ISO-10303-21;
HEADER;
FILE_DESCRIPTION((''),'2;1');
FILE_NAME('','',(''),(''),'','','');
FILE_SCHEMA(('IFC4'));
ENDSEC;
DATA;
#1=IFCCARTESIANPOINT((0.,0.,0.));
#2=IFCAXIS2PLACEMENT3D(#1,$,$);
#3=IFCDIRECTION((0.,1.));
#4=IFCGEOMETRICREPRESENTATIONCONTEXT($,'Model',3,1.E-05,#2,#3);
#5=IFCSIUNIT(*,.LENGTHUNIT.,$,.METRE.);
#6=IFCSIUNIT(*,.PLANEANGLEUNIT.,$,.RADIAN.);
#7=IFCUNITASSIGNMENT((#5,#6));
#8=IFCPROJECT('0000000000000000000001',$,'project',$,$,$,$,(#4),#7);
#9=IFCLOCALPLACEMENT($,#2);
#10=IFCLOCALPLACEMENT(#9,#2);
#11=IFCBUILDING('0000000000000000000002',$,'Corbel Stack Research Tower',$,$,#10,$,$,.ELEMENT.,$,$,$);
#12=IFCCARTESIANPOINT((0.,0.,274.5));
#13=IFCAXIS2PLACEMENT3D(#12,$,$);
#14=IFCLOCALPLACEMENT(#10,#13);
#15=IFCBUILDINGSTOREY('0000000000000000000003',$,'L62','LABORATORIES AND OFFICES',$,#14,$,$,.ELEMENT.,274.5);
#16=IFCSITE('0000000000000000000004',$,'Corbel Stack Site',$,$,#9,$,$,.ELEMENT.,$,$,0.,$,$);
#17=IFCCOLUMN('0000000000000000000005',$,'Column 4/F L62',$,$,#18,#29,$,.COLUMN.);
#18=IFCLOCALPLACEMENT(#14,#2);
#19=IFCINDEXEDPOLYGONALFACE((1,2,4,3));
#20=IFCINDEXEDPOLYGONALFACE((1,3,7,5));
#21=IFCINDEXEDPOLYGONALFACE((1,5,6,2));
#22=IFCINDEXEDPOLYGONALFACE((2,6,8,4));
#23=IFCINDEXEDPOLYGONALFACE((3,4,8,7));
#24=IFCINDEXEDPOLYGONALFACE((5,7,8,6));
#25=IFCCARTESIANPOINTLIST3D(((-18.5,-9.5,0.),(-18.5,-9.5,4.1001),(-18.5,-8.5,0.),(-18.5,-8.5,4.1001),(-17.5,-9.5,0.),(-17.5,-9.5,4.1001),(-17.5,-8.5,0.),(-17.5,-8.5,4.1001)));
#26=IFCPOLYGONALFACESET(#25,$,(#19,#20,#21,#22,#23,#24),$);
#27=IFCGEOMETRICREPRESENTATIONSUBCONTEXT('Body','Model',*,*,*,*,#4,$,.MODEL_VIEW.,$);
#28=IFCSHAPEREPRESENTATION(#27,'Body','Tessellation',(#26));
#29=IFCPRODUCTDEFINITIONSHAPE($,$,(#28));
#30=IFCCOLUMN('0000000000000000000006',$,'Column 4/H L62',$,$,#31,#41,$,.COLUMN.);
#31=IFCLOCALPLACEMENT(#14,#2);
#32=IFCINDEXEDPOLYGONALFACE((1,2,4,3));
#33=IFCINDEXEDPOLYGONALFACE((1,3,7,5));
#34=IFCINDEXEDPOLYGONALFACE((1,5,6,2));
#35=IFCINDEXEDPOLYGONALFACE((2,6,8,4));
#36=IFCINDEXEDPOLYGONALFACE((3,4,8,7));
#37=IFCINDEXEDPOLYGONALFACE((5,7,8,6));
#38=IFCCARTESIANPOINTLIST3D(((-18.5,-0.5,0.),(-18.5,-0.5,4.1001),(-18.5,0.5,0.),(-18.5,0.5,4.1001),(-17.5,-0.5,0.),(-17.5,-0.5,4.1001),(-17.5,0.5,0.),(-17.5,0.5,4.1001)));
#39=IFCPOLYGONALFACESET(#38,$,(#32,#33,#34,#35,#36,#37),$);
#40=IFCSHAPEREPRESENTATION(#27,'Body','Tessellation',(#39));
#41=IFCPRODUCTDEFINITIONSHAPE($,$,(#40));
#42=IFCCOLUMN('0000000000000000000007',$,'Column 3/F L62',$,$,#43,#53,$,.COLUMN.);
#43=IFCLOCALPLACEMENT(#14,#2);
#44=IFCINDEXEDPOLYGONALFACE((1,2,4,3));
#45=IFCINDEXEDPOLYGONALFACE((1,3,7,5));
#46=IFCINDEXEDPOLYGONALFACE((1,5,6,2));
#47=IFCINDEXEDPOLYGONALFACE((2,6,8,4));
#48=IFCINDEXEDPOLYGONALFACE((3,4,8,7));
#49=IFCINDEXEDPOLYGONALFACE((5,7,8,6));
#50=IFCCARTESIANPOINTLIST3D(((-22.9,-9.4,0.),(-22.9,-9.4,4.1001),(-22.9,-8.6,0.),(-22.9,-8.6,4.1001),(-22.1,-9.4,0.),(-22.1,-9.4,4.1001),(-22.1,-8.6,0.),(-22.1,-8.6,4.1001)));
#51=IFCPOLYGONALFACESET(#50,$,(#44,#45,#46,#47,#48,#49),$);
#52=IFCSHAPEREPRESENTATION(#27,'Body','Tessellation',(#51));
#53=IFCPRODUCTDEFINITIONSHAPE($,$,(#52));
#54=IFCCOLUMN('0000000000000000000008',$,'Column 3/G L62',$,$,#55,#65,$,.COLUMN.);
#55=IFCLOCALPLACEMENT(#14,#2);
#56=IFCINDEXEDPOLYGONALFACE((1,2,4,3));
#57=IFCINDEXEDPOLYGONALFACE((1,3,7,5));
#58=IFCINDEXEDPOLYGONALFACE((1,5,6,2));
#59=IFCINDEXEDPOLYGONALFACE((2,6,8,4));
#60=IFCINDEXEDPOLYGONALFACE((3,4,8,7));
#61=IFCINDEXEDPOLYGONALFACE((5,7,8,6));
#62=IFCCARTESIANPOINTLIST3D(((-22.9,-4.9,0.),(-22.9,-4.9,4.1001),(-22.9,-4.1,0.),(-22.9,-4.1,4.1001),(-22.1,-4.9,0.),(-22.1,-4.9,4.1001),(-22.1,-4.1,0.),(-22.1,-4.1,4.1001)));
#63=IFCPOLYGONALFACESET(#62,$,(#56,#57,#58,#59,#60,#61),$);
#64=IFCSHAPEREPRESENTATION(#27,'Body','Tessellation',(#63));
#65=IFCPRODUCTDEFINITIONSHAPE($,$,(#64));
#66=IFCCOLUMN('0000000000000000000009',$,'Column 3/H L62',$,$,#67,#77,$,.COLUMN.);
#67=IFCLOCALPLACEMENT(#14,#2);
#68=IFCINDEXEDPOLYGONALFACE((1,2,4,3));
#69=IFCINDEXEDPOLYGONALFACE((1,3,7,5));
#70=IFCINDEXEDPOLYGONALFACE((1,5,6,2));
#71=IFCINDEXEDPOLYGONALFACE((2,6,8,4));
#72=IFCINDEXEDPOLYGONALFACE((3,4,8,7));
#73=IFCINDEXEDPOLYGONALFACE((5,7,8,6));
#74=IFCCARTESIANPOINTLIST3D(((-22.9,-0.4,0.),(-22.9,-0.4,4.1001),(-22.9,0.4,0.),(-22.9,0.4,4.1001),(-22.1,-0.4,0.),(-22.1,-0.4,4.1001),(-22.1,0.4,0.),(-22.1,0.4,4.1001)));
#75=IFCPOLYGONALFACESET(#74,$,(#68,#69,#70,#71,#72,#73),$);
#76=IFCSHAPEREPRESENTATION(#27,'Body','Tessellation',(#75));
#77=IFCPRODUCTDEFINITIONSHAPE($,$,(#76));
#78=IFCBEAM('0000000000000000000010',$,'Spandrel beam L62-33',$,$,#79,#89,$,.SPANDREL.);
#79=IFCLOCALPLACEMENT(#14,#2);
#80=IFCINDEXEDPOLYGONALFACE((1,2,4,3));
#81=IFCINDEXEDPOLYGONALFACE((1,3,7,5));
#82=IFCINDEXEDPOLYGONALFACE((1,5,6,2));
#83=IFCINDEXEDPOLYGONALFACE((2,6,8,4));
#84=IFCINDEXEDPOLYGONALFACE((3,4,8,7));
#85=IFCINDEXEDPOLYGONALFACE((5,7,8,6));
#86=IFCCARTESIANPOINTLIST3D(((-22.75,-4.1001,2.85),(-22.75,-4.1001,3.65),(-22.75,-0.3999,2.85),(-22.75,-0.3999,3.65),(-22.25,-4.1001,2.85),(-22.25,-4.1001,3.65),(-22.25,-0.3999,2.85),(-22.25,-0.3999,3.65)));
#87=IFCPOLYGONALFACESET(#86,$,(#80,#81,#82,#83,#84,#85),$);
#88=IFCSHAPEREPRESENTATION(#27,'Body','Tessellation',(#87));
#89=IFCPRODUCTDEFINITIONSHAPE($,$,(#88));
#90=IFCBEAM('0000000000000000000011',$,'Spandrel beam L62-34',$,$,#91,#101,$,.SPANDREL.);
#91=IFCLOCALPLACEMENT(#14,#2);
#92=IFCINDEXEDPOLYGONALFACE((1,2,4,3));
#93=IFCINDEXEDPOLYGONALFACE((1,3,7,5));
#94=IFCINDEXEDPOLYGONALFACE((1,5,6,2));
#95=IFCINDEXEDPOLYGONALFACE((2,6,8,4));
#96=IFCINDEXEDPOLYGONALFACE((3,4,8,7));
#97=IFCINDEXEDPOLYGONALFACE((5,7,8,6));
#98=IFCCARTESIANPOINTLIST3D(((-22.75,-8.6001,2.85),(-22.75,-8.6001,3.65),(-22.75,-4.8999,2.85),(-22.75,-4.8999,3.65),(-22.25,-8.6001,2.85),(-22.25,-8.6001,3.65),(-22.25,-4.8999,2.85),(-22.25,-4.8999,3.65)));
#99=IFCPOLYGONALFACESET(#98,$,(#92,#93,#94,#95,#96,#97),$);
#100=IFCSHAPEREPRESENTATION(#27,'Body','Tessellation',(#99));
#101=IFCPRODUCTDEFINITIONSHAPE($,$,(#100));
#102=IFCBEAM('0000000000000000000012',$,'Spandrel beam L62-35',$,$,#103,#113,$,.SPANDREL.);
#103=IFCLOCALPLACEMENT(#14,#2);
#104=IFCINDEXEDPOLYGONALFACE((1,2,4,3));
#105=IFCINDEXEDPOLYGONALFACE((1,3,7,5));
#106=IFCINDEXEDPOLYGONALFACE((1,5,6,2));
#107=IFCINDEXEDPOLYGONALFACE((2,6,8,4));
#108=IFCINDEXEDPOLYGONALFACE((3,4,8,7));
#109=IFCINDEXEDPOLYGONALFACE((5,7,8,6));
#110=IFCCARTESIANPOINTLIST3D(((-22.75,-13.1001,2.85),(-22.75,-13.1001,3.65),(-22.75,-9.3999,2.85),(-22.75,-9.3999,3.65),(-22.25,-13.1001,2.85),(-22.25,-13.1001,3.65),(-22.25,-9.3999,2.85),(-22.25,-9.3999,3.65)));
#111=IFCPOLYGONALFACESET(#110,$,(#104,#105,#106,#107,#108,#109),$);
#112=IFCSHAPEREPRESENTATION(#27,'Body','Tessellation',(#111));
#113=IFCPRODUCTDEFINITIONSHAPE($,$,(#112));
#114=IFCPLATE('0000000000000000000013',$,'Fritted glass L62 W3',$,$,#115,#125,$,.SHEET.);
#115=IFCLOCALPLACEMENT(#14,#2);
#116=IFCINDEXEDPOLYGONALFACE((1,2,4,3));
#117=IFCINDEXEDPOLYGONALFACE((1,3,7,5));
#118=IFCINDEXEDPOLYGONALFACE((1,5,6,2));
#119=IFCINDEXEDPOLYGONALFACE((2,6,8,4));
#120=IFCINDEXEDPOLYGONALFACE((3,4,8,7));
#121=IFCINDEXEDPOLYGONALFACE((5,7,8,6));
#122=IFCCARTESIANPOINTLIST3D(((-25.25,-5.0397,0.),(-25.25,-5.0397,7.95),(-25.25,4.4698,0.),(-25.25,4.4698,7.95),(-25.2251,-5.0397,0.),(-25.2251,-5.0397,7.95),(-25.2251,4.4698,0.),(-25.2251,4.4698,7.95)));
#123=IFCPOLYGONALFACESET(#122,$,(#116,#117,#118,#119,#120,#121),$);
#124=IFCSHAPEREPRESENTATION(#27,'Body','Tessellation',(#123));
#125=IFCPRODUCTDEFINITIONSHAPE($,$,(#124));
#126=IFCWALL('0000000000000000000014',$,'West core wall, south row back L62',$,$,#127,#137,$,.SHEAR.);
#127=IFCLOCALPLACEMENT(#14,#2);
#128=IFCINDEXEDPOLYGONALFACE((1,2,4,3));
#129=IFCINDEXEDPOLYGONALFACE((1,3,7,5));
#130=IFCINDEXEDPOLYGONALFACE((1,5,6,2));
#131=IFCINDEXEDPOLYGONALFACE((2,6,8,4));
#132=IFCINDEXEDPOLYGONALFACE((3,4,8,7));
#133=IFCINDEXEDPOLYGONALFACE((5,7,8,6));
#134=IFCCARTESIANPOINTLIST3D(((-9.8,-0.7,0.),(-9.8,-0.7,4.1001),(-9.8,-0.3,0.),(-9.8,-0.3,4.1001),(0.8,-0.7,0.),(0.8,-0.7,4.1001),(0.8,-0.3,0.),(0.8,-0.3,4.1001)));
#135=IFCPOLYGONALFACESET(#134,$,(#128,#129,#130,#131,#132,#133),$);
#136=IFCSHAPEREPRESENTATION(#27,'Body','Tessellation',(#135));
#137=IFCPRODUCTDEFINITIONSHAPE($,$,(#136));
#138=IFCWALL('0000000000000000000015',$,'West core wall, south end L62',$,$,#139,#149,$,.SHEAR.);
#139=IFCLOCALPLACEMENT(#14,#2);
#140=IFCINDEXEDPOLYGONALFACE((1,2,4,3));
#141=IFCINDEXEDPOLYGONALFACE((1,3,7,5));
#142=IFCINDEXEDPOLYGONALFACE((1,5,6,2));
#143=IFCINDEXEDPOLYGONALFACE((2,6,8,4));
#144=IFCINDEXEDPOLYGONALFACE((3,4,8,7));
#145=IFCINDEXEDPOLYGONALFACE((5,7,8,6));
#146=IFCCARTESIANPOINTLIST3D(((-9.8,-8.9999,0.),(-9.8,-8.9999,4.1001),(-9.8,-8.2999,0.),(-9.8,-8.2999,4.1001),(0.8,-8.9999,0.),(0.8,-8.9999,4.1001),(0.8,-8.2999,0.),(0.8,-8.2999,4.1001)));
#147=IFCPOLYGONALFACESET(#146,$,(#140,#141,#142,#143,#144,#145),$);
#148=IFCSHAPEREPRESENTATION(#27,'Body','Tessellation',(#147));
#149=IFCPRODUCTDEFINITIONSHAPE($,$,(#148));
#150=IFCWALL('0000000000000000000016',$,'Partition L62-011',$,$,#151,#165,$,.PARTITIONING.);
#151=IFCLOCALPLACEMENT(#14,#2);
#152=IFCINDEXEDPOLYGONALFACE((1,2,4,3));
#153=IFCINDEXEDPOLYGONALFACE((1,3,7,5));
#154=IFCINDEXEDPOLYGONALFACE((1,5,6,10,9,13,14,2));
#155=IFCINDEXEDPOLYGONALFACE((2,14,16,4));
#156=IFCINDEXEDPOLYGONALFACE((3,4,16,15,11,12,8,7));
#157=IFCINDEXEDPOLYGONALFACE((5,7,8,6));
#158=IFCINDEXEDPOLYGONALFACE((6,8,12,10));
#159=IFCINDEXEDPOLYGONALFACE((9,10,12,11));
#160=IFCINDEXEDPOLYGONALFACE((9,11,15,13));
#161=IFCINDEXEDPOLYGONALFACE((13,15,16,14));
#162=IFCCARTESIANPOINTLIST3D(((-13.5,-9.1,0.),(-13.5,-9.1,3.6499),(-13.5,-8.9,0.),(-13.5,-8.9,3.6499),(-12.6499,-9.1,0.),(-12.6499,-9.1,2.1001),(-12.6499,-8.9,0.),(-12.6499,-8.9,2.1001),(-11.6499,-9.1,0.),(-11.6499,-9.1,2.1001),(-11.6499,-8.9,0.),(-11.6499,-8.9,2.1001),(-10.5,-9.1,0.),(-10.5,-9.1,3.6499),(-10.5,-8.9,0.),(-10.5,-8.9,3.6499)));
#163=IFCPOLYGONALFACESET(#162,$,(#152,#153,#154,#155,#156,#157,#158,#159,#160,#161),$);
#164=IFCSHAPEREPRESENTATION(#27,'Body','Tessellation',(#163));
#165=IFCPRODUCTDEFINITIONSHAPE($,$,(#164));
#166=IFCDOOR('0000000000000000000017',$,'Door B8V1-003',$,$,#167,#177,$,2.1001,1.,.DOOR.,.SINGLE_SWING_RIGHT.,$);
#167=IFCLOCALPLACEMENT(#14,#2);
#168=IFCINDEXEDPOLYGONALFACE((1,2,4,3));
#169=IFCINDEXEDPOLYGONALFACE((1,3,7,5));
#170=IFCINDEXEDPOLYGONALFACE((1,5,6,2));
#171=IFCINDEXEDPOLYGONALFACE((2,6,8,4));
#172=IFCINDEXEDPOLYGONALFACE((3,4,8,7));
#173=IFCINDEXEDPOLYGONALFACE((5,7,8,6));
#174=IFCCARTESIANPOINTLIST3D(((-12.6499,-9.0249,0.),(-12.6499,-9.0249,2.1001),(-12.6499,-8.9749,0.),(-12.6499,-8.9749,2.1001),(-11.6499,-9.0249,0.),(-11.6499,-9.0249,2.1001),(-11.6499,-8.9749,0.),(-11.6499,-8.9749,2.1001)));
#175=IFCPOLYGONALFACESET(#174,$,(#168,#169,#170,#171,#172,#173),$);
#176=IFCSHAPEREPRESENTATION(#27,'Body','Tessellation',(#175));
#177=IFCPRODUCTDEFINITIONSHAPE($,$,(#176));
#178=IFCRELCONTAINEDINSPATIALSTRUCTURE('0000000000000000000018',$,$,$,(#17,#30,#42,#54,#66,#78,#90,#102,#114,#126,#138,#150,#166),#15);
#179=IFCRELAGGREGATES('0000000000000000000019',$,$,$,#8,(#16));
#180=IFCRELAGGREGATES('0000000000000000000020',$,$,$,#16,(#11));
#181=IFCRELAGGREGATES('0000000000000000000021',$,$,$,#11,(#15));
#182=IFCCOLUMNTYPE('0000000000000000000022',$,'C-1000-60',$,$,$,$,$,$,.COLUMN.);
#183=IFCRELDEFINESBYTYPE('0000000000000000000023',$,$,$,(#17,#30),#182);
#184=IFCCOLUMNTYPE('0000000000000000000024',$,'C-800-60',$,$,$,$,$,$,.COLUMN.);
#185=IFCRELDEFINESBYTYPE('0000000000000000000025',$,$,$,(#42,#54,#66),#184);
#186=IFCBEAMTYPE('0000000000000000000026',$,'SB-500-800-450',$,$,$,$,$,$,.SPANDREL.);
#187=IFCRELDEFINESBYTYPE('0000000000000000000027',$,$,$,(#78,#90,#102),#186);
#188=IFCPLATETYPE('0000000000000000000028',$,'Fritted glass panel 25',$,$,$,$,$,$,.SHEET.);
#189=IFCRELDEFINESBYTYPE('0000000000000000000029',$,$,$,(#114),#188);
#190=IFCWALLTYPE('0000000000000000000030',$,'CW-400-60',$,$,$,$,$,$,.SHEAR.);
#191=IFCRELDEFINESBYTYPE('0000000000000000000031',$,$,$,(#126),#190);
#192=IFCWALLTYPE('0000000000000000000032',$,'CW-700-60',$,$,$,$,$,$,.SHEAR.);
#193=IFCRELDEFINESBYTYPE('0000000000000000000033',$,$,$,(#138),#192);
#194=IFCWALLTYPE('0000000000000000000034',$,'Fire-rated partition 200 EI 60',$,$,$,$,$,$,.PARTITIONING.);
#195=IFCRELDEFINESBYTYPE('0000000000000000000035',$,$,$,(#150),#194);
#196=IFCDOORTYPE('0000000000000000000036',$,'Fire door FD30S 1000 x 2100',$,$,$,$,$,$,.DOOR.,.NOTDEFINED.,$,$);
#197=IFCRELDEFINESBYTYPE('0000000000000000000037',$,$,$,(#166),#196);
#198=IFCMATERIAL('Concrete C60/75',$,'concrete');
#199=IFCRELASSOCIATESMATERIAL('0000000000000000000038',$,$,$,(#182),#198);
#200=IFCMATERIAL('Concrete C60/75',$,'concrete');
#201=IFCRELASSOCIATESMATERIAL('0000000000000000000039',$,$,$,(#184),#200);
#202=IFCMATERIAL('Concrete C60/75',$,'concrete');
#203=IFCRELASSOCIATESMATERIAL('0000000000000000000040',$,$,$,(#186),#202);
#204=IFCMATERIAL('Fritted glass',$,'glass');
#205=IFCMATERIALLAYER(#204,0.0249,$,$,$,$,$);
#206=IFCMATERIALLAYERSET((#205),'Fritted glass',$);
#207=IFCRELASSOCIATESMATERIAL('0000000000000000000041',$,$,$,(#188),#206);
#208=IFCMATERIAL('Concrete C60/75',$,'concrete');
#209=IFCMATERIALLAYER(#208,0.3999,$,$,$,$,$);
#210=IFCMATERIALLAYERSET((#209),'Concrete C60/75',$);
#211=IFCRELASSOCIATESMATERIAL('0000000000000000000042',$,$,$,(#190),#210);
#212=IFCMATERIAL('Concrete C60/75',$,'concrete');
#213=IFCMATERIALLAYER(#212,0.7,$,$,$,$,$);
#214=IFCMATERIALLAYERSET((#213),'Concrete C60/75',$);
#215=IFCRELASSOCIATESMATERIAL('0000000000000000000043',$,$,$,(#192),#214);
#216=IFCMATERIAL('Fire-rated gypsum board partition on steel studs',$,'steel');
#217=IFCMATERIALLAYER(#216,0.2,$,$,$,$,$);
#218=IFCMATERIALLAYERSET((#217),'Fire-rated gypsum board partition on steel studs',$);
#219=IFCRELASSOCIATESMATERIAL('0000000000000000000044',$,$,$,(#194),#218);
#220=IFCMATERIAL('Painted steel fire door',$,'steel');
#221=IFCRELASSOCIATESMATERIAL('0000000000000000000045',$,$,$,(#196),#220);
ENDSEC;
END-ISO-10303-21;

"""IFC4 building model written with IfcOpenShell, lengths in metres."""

from ifc_helpers import new_model, si_unit, direction, frame, frame_2d, origin, origin_2d, place, context, subcontext, project, spatial, rectangle, extrude, material, layer, layer_set, material_profile, profile_set, type_object, element, fill, save


model = new_model("IFC4")

# Units and contexts
model_context = context("Model", 3, precision=1e-05, world=origin(), true_north=direction((0.0, 1.0)))
body_context = subcontext(model_context, "Body", "Model", "MODEL_VIEW")
ifc_project = project(units=[si_unit("LENGTHUNIT", "METRE"), si_unit("PLANEANGLEUNIT", "RADIAN")], contexts=[model_context])

# Site, building, storey
site_placement = place(None, origin())
site = spatial("IfcSite", under=ifc_project, at=site_placement, Name="Corbel Stack Site", CompositionType="ELEMENT", RefElevation=0.0)
building_placement = place(site_placement, origin())
building = spatial("IfcBuilding", under=site, at=building_placement, Name="Corbel Stack Research Tower", CompositionType="ELEMENT")
storey_placement = place(building_placement, frame((0.0, 0.0, 274.5)))
storey = spatial("IfcBuildingStorey", under=building, at=storey_placement, Name="L62", Description="LABORATORIES AND OFFICES", CompositionType="ELEMENT", Elevation=274.5)

# Columns
ifc_material_1 = material(Name="Concrete C60/75", Category="concrete")
ifc_material_profile_1 = material_profile(ifc_material_1, rectangle(XDim=1.0, YDim=1.0, at=origin_2d()), Name="RC 1000 x 1000")
ifc_profile_set_1 = profile_set([ifc_material_profile_1], Name="Concrete C60/75")
column_type_1 = type_object("IfcColumnType", Name="C-1000-60", PredefinedType="COLUMN", material=ifc_profile_set_1)
for number, where, z_axis, x_axis, name in (
    (1, (-18.0, -9.0, 0.0), (0.0, 0.0, 1.0), (1.0, 0.0, 0.0), "Column 4/F L62"),
    (2, (-18.0, 0.0, 0.0), (0.0, 0.0, 1.0), (1.0, 0.0, 0.0), "Column 4/H L62"),
):
    element("IfcColumn", number, at=place(storey_placement, frame(where, z_axis=z_axis, x_axis=x_axis)), inside=storey, type_object=column_type_1, Name=name, PredefinedType="COLUMN", context=body_context, shape_type="SweptSolid", body=[
        extrude(rectangle(XDim=1.0, YDim=1.0, at=origin_2d()), origin(), (0.0, 0.0, 1.0), 4.1001),
    ])
ifc_material_2 = material(Name="Concrete C60/75", Category="concrete")
ifc_material_profile_2 = material_profile(ifc_material_2, rectangle(XDim=0.8, YDim=0.8, at=origin_2d()), Name="RC 800 x 800")
ifc_profile_set_2 = profile_set([ifc_material_profile_2], Name="Concrete C60/75")
column_type_2 = type_object("IfcColumnType", Name="C-800-60", PredefinedType="COLUMN", material=ifc_profile_set_2)
for number, where, z_axis, x_axis, name in (
    (3, (-22.5, -9.0, 0.0), (0.0, 0.0, 1.0), (1.0, 0.0, 0.0), "Column 3/F L62"),
    (4, (-22.5, -4.5, 0.0), (0.0, 0.0, 1.0), (1.0, 0.0, 0.0), "Column 3/G L62"),
    (5, (-22.5, 0.0, 0.0), (0.0, 0.0, 1.0), (1.0, 0.0, 0.0), "Column 3/H L62"),
):
    element("IfcColumn", number, at=place(storey_placement, frame(where, z_axis=z_axis, x_axis=x_axis)), inside=storey, type_object=column_type_2, Name=name, PredefinedType="COLUMN", context=body_context, shape_type="SweptSolid", body=[
        extrude(rectangle(XDim=0.8, YDim=0.8, at=origin_2d()), origin(), (0.0, 0.0, 1.0), 4.1001),
    ])

# Beams
ifc_material_3 = material(Name="Concrete C60/75", Category="concrete")
ifc_material_profile_3 = material_profile(ifc_material_3, rectangle(XDim=0.5, YDim=0.8, at=origin_2d()), Name="RC 500 x 800")
ifc_profile_set_3 = profile_set([ifc_material_profile_3], Name="Concrete C60/75")
beam_type = type_object("IfcBeamType", Name="SB-500-800-450", PredefinedType="SPANDREL", material=ifc_profile_set_3)
for number, where, z_axis, x_axis, name in (
    (6, (-22.5, -0.3999, 3.25), (0.0, -1.0, 0.0), (1.0, 0.0, 0.0), "Spandrel beam L62-33"),
    (7, (-22.5, -4.8999, 3.25), (0.0, -1.0, 0.0), (1.0, 0.0, 0.0), "Spandrel beam L62-34"),
    (8, (-22.5, -9.3999, 3.25), (0.0, -1.0, 0.0), (1.0, 0.0, 0.0), "Spandrel beam L62-35"),
):
    element("IfcBeam", number, at=place(storey_placement, frame(where, z_axis=z_axis, x_axis=x_axis)), inside=storey, type_object=beam_type, Name=name, PredefinedType="SPANDREL", context=body_context, shape_type="SweptSolid", body=[
        extrude(rectangle(XDim=0.5, YDim=0.8, at=origin_2d()), origin(), (0.0, 0.0, 1.0), 3.7002),
    ])

# Plate
ifc_material_4 = material(Name="Fritted glass", Category="glass")
ifc_layer_1 = layer(ifc_material_4, 0.0249)
ifc_layer_set_1 = layer_set([ifc_layer_1], Name="Fritted glass")
plate_type = type_object("IfcPlateType", Name="Fritted glass panel 25", PredefinedType="SHEET", material=ifc_layer_set_1)
plate_placement = place(storey_placement, frame((-25.2375, -0.2849, 0.0), z_axis=(0.0, 0.0, 1.0), x_axis=(0.0, -1.0, 0.0)))
element("IfcPlate", 9, at=plate_placement, inside=storey, type_object=plate_type, Name="Fritted glass L62 W3", PredefinedType="SHEET", context=body_context, shape_type="SweptSolid", body=[
    extrude(rectangle(XDim=9.5095, YDim=0.0249, at=origin_2d()), origin(), (0.0, 0.0, 1.0), 7.95),
])

# Wall
ifc_material_5 = material(Name="Concrete C60/75", Category="concrete")
ifc_layer_2 = layer(ifc_material_5, 0.3999)
ifc_layer_set_2 = layer_set([ifc_layer_2], Name="Concrete C60/75")
wall_type_1 = type_object("IfcWallType", Name="CW-400-60", PredefinedType="SHEAR", material=ifc_layer_set_2)
wall_1_placement = place(storey_placement, frame((-9.8, -0.5, 0.0), z_axis=(0.0, 0.0, 1.0), x_axis=(1.0, 0.0, 0.0)))
element("IfcWall", 10, at=wall_1_placement, inside=storey, type_object=wall_type_1, Name="West core wall, south row back L62", PredefinedType="SHEAR", context=body_context, shape_type="SweptSolid", body=[
    extrude(rectangle(XDim=10.6001, YDim=0.3999, at=frame_2d((5.3, 0.0))), origin(), (0.0, 0.0, 1.0), 4.1001),
])

# Shared definitions
ifc_material_6 = material(Name="Concrete C60/75", Category="concrete")
ifc_layer_3 = layer(ifc_material_6, 0.7)
ifc_layer_set_3 = layer_set([ifc_layer_3], Name="Concrete C60/75")
wall_type_2 = type_object("IfcWallType", Name="CW-700-60", PredefinedType="SHEAR", material=ifc_layer_set_3)

# Wall
wall_2_placement = place(storey_placement, frame((-9.8, -8.6499, 0.0), z_axis=(0.0, 0.0, 1.0), x_axis=(1.0, 0.0, 0.0)))
element("IfcWall", 11, at=wall_2_placement, inside=storey, type_object=wall_type_2, Name="West core wall, south end L62", PredefinedType="SHEAR", context=body_context, shape_type="SweptSolid", body=[
    extrude(rectangle(XDim=10.6001, YDim=0.7, at=frame_2d((5.3, 0.0))), origin(), (0.0, 0.0, 1.0), 4.1001),
])

# Wall, opening, door
ifc_material_7 = material(Name="Fire-rated gypsum board partition on steel studs", Category="steel")
ifc_layer_4 = layer(ifc_material_7, 0.2)
ifc_layer_set_4 = layer_set([ifc_layer_4], Name="Fire-rated gypsum board partition on steel studs")
wall_type_3 = type_object("IfcWallType", Name="Fire-rated partition 200 EI 60", PredefinedType="PARTITIONING", material=ifc_layer_set_4)
wall_3_placement = place(storey_placement, frame((-10.5, -9.0, 0.0), z_axis=(0.0, 0.0, 1.0), x_axis=(-1.0, 0.0, 0.0)))
wall_3 = element("IfcWall", 12, at=wall_3_placement, inside=storey, type_object=wall_type_3, Name="Partition L62-011", PredefinedType="PARTITIONING", context=body_context, shape_type="SweptSolid", body=[
    extrude(rectangle(XDim=3.0, YDim=0.2, at=frame_2d((1.5, 0.0))), origin(), (0.0, 0.0, 1.0), 3.6499),
])
opening_1_placement = place(wall_3_placement, frame((1.1499, 0.0, 0.0)))
opening_1 = element("IfcOpeningElement", 13, at=opening_1_placement, cuts=wall_3, PredefinedType="OPENING", context=body_context, shape_type="SweptSolid", body=[
    extrude(rectangle(XDim=1.0, YDim=2.1001, at=frame_2d((0.5, 1.05))), frame((0.0, 0.1099, 0.0), z_axis=(0.0, -1.0, 0.0), x_axis=(1.0, 0.0, 0.0)), (0.0, 0.0, 1.0), 0.22),
])
ifc_material_8 = material(Name="Painted steel fire door", Category="steel")
door_type_1 = type_object("IfcDoorType", Name="Fire door FD30S 1000 x 2100", OperationType="NOTDEFINED", PredefinedType="DOOR", material=ifc_material_8)
door_1_placement = place(opening_1_placement, origin())
door_1 = element("IfcDoor", 14, at=door_1_placement, inside=storey, type_object=door_type_1, Name="Door B8V1-003", OperationType="SINGLE_SWING_RIGHT", OverallHeight=2.1001, OverallWidth=1.0, PredefinedType="DOOR", context=body_context, shape_type="SweptSolid", body=[
    extrude(rectangle(XDim=1.0, YDim=2.1001, at=frame_2d((0.5, 1.05))), frame((0.0, 0.0249, 0.0), z_axis=(0.0, -1.0, 0.0), x_axis=(1.0, 0.0, 0.0)), (0.0, 0.0, 1.0), 0.05),
])
fill(opening_1, door_1)

save(model, "model.ifc")
